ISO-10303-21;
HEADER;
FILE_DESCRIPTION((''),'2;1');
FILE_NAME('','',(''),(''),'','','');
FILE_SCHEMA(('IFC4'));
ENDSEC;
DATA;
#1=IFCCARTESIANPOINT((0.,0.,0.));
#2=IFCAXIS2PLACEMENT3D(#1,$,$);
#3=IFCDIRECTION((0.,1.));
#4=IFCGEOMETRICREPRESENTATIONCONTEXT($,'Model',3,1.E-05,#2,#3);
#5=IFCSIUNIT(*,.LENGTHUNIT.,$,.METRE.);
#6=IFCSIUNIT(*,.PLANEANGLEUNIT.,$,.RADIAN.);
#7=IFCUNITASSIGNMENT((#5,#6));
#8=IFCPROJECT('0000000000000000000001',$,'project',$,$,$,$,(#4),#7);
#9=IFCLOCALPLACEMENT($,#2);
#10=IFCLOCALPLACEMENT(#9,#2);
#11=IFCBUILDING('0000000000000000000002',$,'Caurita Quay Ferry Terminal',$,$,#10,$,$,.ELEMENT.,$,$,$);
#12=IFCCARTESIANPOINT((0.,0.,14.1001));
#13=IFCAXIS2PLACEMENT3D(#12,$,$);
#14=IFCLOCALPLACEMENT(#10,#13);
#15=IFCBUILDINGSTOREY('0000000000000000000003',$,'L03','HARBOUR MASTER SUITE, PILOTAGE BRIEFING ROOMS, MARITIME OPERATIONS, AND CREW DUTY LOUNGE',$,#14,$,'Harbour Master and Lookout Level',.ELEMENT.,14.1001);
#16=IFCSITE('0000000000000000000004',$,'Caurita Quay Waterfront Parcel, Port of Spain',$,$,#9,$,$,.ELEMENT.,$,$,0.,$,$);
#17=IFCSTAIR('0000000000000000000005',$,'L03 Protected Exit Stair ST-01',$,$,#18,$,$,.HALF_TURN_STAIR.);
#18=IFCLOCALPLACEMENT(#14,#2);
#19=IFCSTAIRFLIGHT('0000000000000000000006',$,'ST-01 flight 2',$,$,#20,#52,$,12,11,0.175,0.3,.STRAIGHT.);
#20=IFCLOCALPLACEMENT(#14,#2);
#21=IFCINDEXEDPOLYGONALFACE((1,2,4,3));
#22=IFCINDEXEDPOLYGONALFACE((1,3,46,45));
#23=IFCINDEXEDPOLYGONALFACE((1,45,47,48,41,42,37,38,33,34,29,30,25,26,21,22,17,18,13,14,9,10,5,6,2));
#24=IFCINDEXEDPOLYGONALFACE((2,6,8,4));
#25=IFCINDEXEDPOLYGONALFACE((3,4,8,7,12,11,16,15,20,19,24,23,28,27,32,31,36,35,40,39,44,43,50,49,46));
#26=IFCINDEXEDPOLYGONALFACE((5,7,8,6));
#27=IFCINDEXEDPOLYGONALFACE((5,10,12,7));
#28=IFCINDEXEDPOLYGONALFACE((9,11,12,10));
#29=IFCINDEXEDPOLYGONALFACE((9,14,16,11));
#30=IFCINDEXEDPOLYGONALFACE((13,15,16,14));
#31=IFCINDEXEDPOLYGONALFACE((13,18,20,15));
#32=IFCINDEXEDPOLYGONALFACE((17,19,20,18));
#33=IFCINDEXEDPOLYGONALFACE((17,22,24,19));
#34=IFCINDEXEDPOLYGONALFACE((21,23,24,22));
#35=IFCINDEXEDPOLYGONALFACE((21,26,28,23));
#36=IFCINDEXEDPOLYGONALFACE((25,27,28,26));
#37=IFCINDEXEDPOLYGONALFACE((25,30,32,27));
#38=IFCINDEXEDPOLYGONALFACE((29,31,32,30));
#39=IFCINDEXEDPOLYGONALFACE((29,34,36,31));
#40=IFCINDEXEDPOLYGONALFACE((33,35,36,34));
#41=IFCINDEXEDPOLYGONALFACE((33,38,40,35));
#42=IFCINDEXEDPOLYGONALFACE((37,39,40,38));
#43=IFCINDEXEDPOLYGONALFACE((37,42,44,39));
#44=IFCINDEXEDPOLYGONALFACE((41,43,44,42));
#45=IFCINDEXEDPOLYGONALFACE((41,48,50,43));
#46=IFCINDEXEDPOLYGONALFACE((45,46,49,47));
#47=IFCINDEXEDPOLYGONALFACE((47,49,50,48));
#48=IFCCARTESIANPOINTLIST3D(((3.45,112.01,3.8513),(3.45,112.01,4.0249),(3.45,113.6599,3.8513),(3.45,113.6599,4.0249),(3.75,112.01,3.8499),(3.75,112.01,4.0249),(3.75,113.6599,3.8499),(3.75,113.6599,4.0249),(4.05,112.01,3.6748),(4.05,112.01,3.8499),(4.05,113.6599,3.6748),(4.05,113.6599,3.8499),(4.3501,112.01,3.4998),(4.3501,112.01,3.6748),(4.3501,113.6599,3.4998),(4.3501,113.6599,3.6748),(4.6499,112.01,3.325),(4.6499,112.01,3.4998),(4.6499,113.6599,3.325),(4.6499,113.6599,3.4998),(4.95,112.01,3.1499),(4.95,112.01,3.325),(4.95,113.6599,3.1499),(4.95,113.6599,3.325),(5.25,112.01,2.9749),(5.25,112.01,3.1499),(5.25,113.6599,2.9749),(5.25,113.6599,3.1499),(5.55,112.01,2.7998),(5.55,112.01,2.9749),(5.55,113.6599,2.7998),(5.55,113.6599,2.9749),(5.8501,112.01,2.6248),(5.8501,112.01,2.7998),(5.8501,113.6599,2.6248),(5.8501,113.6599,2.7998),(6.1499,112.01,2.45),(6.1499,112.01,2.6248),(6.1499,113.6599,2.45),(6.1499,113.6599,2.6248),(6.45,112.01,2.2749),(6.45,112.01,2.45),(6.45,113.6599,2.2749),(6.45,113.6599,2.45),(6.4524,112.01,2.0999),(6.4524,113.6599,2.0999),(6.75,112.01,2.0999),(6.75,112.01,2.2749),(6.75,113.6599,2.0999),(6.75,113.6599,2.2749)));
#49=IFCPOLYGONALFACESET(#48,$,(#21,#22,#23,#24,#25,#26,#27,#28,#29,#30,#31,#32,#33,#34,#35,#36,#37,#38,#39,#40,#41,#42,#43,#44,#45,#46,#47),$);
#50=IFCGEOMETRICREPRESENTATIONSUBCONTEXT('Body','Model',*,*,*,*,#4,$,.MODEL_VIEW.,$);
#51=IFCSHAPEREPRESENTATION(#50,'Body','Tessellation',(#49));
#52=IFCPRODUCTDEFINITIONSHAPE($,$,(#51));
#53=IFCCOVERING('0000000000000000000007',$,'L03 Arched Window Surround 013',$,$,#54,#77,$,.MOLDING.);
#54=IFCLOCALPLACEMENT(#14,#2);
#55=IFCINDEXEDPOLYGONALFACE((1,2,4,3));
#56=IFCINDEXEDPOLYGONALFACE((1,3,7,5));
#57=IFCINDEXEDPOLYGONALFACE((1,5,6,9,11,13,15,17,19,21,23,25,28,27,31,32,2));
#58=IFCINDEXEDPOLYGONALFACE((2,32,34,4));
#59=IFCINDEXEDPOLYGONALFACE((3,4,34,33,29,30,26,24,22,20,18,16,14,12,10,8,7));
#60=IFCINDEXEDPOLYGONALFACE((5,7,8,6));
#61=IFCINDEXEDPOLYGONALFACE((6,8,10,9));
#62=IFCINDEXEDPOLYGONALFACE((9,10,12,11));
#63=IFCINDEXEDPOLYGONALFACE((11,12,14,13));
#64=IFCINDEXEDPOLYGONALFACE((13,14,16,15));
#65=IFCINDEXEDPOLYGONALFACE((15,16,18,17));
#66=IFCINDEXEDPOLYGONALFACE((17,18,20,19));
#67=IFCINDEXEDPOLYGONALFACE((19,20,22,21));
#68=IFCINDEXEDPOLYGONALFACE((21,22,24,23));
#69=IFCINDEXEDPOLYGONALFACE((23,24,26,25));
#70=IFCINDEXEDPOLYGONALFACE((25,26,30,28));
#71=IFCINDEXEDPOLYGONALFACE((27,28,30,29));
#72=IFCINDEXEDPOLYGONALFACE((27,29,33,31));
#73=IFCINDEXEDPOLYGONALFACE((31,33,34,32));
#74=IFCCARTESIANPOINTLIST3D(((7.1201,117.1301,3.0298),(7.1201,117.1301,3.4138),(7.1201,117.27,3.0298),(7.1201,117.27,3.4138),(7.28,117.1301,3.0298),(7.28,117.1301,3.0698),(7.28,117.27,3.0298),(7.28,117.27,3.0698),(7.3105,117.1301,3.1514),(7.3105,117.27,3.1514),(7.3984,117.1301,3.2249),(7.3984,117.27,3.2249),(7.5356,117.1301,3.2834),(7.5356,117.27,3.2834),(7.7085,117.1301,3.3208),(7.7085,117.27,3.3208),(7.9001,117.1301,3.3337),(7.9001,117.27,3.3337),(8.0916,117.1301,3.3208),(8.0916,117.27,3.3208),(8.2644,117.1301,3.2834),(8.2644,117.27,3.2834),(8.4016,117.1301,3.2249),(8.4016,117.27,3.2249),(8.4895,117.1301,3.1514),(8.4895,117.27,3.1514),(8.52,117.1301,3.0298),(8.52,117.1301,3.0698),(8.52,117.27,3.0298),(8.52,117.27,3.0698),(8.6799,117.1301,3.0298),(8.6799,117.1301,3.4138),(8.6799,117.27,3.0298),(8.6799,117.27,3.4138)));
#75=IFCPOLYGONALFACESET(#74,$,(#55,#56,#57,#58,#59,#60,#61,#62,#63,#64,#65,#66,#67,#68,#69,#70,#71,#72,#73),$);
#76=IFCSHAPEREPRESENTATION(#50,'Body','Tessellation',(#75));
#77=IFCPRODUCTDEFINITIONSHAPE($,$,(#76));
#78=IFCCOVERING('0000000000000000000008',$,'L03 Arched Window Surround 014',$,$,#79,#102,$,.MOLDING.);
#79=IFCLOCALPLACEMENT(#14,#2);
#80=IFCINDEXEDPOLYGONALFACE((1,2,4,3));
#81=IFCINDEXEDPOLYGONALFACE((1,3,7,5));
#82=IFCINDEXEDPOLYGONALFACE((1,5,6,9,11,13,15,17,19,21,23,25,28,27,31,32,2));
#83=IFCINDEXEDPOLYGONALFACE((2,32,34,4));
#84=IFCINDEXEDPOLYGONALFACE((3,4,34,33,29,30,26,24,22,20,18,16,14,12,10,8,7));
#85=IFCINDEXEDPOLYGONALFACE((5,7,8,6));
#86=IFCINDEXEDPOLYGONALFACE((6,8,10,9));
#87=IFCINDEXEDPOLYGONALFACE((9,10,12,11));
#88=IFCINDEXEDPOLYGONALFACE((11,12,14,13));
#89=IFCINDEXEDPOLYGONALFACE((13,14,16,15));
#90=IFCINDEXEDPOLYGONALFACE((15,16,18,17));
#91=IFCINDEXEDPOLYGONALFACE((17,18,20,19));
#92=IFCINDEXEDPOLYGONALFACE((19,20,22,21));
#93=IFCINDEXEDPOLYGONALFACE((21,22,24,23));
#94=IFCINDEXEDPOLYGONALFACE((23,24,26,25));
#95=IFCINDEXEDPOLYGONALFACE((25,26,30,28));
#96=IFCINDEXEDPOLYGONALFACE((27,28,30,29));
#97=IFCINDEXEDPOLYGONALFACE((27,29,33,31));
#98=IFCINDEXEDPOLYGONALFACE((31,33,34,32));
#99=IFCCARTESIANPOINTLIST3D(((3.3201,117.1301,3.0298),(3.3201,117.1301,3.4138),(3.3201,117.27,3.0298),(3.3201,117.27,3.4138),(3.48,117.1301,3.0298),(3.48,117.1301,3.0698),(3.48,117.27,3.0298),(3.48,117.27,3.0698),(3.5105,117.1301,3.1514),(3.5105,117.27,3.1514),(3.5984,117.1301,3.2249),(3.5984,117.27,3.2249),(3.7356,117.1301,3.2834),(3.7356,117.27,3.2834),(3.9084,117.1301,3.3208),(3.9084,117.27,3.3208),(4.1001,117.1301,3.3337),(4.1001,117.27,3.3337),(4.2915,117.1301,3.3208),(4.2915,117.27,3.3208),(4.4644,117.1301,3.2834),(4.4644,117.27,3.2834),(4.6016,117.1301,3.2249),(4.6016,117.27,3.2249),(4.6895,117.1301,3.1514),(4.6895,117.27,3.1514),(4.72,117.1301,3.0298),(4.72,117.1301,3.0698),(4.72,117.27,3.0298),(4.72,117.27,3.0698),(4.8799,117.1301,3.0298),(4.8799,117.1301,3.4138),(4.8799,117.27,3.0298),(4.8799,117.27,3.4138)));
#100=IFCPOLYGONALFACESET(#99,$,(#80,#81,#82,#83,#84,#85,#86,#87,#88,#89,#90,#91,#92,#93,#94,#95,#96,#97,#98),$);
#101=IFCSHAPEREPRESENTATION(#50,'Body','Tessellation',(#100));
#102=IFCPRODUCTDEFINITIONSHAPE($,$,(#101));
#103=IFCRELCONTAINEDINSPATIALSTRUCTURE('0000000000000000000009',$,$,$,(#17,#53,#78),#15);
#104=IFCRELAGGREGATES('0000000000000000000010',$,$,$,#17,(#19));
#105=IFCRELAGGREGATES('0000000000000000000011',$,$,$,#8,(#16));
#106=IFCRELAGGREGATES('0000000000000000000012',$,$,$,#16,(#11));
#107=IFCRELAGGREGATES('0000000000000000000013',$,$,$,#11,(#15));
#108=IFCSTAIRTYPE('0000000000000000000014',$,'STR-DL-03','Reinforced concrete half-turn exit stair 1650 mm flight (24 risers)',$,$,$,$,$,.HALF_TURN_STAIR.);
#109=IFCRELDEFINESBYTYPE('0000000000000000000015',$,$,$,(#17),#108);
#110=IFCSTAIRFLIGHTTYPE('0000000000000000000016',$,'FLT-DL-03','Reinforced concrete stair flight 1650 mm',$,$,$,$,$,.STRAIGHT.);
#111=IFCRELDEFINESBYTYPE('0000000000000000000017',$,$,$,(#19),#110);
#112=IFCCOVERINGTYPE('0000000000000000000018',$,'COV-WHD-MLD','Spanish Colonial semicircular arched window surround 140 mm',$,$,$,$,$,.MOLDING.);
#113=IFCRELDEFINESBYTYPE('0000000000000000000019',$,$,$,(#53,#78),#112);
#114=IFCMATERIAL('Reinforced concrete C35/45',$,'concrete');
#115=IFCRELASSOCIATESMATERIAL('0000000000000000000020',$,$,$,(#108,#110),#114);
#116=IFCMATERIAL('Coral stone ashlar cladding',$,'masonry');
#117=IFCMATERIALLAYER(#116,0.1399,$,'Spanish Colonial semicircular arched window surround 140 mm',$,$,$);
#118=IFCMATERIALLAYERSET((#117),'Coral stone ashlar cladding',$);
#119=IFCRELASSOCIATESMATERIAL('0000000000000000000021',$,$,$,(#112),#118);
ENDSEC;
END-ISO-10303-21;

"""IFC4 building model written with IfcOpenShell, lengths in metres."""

from ifc_helpers import new_model, si_unit, direction, frame, origin, place, context, subcontext, project, spatial, polyline, outline, extrude, material, layer, layer_set, type_object, element, aggregate, save


model = new_model("IFC4")

# Units and contexts
model_context = context("Model", 3, precision=1e-05, world=origin(), true_north=direction((0.0, 1.0)))
body_context = subcontext(model_context, "Body", "Model", "MODEL_VIEW")
ifc_project = project(units=[si_unit("LENGTHUNIT", "METRE"), si_unit("PLANEANGLEUNIT", "RADIAN")], contexts=[model_context])

# Site, building, storey
site_placement = place(None, origin())
site = spatial("IfcSite", under=ifc_project, at=site_placement, Name="Caurita Quay Waterfront Parcel, Port of Spain", CompositionType="ELEMENT", RefElevation=0.0)
building_placement = place(site_placement, origin())
building = spatial("IfcBuilding", under=site, at=building_placement, Name="Caurita Quay Ferry Terminal", CompositionType="ELEMENT")
storey_placement = place(building_placement, frame((0.0, 0.0, 14.1001)))
storey = spatial("IfcBuildingStorey", under=building, at=storey_placement, Name="L03", Description="HARBOUR MASTER SUITE, PILOTAGE BRIEFING ROOMS, MARITIME OPERATIONS, AND CREW DUTY LOUNGE", LongName="Harbour Master and Lookout Level", CompositionType="ELEMENT", Elevation=14.1001)

# Shared definitions
ifc_material_1 = material(Name="Reinforced concrete C35/45", Category="concrete")

# Stair, stair flight
stair_type = type_object("IfcStairType", Name="STR-DL-03", Description="Reinforced concrete half-turn exit stair 1650 mm flight (24 risers)", PredefinedType="HALF_TURN_STAIR", material=ifc_material_1)
stair_placement = place(storey_placement, origin())
stair = element("IfcStair", 1, at=stair_placement, inside=storey, type_object=stair_type, Name="L03 Protected Exit Stair ST-01", PredefinedType="HALF_TURN_STAIR")
stair_flight_type = type_object("IfcStairFlightType", Name="FLT-DL-03", Description="Reinforced concrete stair flight 1650 mm", PredefinedType="STRAIGHT", material=ifc_material_1)
stair_flight_1_placement = place(storey_placement, frame((6.75, 112.835, 2.0999), z_axis=(0.0, 0.0, 1.0), x_axis=(-1.0, 0.0, 0.0)))
stair_flight_1 = element("IfcStairFlight", 2, at=stair_flight_1_placement, type_object=stair_flight_type, Name="ST-01 flight 2", NumberOfRisers=12, NumberOfTreads=11, PredefinedType="STRAIGHT", RiserHeight=0.175, TreadLength=0.3, context=body_context, shape_type="SweptSolid", body=[
    extrude(outline(polyline([(0.0, 0.0), (0.0, 0.175), (0.3, 0.175), (0.3, 0.3501), (0.6001, 0.3501), (0.6001, 0.5249), (0.8999, 0.5249), (0.8999, 0.7), (1.2, 0.7), (1.2, 0.875), (1.5, 0.875), (1.5, 1.05), (1.8, 1.05), (1.8, 1.2251), (2.1001, 1.2251), (2.1001, 1.3999), (2.3999, 1.3999), (2.3999, 1.575), (2.7, 1.575), (2.7, 1.75), (3.0, 1.75), (3.0, 1.925), (3.3, 1.925), (3.3, 2.1001), (3.3, 1.7515), (0.2976, 0.0), (0.0, 0.0)])), frame((0.0, 0.825, 0.0), z_axis=(0.0, -1.0, 0.0), x_axis=(1.0, 0.0, 0.0)), (0.0, 0.0, 1.0), 1.6499),
])
aggregate(stair, [stair_flight_1])

# Coverings
ifc_material_2 = material(Name="Coral stone ashlar cladding", Category="masonry")
ifc_layer_1 = layer(ifc_material_2, 0.1399, Name="Spanish Colonial semicircular arched window surround 140 mm")
ifc_layer_set_1 = layer_set([ifc_layer_1], Name="Coral stone ashlar cladding")
covering_type = type_object("IfcCoveringType", Name="COV-WHD-MLD", Description="Spanish Colonial semicircular arched window surround 140 mm", PredefinedType="MOLDING", material=ifc_layer_set_1)
for number, where, z_axis, x_axis, name in (
    (3, (8.6799, 117.2, 3.0298), (0.0, 0.0, 1.0), (-1.0, 0.0, 0.0), "L03 Arched Window Surround 013"),
    (4, (4.8799, 117.2, 3.0298), (0.0, 0.0, 1.0), (-1.0, 0.0, 0.0), "L03 Arched Window Surround 014"),
):
    element("IfcCovering", number, at=place(storey_placement, frame(where, z_axis=z_axis, x_axis=x_axis)), inside=storey, type_object=covering_type, Name=name, PredefinedType="MOLDING", context=body_context, shape_type="SweptSolid", body=[
        extrude(outline(polyline([(0.0, 0.0), (0.1599, 0.0), (0.1599, 0.04), (0.1904, 0.1216), (0.2783, 0.1951), (0.4155, 0.2537), (0.5884, 0.291), (0.7798, 0.304), (0.9714, 0.291), (1.1443, 0.2537), (1.2815, 0.1951), (1.3694, 0.1216), (1.3999, 0.04), (1.3999, 0.0), (1.5598, 0.0), (1.5598, 0.384), (0.0, 0.384), (0.0, 0.0)])), frame((0.0, 0.0698, 0.0), z_axis=(0.0, -1.0, 0.0), x_axis=(1.0, 0.0, 0.0)), (0.0, 0.0, 1.0), 0.1399),
    ])

save(model, "model.ifc")
